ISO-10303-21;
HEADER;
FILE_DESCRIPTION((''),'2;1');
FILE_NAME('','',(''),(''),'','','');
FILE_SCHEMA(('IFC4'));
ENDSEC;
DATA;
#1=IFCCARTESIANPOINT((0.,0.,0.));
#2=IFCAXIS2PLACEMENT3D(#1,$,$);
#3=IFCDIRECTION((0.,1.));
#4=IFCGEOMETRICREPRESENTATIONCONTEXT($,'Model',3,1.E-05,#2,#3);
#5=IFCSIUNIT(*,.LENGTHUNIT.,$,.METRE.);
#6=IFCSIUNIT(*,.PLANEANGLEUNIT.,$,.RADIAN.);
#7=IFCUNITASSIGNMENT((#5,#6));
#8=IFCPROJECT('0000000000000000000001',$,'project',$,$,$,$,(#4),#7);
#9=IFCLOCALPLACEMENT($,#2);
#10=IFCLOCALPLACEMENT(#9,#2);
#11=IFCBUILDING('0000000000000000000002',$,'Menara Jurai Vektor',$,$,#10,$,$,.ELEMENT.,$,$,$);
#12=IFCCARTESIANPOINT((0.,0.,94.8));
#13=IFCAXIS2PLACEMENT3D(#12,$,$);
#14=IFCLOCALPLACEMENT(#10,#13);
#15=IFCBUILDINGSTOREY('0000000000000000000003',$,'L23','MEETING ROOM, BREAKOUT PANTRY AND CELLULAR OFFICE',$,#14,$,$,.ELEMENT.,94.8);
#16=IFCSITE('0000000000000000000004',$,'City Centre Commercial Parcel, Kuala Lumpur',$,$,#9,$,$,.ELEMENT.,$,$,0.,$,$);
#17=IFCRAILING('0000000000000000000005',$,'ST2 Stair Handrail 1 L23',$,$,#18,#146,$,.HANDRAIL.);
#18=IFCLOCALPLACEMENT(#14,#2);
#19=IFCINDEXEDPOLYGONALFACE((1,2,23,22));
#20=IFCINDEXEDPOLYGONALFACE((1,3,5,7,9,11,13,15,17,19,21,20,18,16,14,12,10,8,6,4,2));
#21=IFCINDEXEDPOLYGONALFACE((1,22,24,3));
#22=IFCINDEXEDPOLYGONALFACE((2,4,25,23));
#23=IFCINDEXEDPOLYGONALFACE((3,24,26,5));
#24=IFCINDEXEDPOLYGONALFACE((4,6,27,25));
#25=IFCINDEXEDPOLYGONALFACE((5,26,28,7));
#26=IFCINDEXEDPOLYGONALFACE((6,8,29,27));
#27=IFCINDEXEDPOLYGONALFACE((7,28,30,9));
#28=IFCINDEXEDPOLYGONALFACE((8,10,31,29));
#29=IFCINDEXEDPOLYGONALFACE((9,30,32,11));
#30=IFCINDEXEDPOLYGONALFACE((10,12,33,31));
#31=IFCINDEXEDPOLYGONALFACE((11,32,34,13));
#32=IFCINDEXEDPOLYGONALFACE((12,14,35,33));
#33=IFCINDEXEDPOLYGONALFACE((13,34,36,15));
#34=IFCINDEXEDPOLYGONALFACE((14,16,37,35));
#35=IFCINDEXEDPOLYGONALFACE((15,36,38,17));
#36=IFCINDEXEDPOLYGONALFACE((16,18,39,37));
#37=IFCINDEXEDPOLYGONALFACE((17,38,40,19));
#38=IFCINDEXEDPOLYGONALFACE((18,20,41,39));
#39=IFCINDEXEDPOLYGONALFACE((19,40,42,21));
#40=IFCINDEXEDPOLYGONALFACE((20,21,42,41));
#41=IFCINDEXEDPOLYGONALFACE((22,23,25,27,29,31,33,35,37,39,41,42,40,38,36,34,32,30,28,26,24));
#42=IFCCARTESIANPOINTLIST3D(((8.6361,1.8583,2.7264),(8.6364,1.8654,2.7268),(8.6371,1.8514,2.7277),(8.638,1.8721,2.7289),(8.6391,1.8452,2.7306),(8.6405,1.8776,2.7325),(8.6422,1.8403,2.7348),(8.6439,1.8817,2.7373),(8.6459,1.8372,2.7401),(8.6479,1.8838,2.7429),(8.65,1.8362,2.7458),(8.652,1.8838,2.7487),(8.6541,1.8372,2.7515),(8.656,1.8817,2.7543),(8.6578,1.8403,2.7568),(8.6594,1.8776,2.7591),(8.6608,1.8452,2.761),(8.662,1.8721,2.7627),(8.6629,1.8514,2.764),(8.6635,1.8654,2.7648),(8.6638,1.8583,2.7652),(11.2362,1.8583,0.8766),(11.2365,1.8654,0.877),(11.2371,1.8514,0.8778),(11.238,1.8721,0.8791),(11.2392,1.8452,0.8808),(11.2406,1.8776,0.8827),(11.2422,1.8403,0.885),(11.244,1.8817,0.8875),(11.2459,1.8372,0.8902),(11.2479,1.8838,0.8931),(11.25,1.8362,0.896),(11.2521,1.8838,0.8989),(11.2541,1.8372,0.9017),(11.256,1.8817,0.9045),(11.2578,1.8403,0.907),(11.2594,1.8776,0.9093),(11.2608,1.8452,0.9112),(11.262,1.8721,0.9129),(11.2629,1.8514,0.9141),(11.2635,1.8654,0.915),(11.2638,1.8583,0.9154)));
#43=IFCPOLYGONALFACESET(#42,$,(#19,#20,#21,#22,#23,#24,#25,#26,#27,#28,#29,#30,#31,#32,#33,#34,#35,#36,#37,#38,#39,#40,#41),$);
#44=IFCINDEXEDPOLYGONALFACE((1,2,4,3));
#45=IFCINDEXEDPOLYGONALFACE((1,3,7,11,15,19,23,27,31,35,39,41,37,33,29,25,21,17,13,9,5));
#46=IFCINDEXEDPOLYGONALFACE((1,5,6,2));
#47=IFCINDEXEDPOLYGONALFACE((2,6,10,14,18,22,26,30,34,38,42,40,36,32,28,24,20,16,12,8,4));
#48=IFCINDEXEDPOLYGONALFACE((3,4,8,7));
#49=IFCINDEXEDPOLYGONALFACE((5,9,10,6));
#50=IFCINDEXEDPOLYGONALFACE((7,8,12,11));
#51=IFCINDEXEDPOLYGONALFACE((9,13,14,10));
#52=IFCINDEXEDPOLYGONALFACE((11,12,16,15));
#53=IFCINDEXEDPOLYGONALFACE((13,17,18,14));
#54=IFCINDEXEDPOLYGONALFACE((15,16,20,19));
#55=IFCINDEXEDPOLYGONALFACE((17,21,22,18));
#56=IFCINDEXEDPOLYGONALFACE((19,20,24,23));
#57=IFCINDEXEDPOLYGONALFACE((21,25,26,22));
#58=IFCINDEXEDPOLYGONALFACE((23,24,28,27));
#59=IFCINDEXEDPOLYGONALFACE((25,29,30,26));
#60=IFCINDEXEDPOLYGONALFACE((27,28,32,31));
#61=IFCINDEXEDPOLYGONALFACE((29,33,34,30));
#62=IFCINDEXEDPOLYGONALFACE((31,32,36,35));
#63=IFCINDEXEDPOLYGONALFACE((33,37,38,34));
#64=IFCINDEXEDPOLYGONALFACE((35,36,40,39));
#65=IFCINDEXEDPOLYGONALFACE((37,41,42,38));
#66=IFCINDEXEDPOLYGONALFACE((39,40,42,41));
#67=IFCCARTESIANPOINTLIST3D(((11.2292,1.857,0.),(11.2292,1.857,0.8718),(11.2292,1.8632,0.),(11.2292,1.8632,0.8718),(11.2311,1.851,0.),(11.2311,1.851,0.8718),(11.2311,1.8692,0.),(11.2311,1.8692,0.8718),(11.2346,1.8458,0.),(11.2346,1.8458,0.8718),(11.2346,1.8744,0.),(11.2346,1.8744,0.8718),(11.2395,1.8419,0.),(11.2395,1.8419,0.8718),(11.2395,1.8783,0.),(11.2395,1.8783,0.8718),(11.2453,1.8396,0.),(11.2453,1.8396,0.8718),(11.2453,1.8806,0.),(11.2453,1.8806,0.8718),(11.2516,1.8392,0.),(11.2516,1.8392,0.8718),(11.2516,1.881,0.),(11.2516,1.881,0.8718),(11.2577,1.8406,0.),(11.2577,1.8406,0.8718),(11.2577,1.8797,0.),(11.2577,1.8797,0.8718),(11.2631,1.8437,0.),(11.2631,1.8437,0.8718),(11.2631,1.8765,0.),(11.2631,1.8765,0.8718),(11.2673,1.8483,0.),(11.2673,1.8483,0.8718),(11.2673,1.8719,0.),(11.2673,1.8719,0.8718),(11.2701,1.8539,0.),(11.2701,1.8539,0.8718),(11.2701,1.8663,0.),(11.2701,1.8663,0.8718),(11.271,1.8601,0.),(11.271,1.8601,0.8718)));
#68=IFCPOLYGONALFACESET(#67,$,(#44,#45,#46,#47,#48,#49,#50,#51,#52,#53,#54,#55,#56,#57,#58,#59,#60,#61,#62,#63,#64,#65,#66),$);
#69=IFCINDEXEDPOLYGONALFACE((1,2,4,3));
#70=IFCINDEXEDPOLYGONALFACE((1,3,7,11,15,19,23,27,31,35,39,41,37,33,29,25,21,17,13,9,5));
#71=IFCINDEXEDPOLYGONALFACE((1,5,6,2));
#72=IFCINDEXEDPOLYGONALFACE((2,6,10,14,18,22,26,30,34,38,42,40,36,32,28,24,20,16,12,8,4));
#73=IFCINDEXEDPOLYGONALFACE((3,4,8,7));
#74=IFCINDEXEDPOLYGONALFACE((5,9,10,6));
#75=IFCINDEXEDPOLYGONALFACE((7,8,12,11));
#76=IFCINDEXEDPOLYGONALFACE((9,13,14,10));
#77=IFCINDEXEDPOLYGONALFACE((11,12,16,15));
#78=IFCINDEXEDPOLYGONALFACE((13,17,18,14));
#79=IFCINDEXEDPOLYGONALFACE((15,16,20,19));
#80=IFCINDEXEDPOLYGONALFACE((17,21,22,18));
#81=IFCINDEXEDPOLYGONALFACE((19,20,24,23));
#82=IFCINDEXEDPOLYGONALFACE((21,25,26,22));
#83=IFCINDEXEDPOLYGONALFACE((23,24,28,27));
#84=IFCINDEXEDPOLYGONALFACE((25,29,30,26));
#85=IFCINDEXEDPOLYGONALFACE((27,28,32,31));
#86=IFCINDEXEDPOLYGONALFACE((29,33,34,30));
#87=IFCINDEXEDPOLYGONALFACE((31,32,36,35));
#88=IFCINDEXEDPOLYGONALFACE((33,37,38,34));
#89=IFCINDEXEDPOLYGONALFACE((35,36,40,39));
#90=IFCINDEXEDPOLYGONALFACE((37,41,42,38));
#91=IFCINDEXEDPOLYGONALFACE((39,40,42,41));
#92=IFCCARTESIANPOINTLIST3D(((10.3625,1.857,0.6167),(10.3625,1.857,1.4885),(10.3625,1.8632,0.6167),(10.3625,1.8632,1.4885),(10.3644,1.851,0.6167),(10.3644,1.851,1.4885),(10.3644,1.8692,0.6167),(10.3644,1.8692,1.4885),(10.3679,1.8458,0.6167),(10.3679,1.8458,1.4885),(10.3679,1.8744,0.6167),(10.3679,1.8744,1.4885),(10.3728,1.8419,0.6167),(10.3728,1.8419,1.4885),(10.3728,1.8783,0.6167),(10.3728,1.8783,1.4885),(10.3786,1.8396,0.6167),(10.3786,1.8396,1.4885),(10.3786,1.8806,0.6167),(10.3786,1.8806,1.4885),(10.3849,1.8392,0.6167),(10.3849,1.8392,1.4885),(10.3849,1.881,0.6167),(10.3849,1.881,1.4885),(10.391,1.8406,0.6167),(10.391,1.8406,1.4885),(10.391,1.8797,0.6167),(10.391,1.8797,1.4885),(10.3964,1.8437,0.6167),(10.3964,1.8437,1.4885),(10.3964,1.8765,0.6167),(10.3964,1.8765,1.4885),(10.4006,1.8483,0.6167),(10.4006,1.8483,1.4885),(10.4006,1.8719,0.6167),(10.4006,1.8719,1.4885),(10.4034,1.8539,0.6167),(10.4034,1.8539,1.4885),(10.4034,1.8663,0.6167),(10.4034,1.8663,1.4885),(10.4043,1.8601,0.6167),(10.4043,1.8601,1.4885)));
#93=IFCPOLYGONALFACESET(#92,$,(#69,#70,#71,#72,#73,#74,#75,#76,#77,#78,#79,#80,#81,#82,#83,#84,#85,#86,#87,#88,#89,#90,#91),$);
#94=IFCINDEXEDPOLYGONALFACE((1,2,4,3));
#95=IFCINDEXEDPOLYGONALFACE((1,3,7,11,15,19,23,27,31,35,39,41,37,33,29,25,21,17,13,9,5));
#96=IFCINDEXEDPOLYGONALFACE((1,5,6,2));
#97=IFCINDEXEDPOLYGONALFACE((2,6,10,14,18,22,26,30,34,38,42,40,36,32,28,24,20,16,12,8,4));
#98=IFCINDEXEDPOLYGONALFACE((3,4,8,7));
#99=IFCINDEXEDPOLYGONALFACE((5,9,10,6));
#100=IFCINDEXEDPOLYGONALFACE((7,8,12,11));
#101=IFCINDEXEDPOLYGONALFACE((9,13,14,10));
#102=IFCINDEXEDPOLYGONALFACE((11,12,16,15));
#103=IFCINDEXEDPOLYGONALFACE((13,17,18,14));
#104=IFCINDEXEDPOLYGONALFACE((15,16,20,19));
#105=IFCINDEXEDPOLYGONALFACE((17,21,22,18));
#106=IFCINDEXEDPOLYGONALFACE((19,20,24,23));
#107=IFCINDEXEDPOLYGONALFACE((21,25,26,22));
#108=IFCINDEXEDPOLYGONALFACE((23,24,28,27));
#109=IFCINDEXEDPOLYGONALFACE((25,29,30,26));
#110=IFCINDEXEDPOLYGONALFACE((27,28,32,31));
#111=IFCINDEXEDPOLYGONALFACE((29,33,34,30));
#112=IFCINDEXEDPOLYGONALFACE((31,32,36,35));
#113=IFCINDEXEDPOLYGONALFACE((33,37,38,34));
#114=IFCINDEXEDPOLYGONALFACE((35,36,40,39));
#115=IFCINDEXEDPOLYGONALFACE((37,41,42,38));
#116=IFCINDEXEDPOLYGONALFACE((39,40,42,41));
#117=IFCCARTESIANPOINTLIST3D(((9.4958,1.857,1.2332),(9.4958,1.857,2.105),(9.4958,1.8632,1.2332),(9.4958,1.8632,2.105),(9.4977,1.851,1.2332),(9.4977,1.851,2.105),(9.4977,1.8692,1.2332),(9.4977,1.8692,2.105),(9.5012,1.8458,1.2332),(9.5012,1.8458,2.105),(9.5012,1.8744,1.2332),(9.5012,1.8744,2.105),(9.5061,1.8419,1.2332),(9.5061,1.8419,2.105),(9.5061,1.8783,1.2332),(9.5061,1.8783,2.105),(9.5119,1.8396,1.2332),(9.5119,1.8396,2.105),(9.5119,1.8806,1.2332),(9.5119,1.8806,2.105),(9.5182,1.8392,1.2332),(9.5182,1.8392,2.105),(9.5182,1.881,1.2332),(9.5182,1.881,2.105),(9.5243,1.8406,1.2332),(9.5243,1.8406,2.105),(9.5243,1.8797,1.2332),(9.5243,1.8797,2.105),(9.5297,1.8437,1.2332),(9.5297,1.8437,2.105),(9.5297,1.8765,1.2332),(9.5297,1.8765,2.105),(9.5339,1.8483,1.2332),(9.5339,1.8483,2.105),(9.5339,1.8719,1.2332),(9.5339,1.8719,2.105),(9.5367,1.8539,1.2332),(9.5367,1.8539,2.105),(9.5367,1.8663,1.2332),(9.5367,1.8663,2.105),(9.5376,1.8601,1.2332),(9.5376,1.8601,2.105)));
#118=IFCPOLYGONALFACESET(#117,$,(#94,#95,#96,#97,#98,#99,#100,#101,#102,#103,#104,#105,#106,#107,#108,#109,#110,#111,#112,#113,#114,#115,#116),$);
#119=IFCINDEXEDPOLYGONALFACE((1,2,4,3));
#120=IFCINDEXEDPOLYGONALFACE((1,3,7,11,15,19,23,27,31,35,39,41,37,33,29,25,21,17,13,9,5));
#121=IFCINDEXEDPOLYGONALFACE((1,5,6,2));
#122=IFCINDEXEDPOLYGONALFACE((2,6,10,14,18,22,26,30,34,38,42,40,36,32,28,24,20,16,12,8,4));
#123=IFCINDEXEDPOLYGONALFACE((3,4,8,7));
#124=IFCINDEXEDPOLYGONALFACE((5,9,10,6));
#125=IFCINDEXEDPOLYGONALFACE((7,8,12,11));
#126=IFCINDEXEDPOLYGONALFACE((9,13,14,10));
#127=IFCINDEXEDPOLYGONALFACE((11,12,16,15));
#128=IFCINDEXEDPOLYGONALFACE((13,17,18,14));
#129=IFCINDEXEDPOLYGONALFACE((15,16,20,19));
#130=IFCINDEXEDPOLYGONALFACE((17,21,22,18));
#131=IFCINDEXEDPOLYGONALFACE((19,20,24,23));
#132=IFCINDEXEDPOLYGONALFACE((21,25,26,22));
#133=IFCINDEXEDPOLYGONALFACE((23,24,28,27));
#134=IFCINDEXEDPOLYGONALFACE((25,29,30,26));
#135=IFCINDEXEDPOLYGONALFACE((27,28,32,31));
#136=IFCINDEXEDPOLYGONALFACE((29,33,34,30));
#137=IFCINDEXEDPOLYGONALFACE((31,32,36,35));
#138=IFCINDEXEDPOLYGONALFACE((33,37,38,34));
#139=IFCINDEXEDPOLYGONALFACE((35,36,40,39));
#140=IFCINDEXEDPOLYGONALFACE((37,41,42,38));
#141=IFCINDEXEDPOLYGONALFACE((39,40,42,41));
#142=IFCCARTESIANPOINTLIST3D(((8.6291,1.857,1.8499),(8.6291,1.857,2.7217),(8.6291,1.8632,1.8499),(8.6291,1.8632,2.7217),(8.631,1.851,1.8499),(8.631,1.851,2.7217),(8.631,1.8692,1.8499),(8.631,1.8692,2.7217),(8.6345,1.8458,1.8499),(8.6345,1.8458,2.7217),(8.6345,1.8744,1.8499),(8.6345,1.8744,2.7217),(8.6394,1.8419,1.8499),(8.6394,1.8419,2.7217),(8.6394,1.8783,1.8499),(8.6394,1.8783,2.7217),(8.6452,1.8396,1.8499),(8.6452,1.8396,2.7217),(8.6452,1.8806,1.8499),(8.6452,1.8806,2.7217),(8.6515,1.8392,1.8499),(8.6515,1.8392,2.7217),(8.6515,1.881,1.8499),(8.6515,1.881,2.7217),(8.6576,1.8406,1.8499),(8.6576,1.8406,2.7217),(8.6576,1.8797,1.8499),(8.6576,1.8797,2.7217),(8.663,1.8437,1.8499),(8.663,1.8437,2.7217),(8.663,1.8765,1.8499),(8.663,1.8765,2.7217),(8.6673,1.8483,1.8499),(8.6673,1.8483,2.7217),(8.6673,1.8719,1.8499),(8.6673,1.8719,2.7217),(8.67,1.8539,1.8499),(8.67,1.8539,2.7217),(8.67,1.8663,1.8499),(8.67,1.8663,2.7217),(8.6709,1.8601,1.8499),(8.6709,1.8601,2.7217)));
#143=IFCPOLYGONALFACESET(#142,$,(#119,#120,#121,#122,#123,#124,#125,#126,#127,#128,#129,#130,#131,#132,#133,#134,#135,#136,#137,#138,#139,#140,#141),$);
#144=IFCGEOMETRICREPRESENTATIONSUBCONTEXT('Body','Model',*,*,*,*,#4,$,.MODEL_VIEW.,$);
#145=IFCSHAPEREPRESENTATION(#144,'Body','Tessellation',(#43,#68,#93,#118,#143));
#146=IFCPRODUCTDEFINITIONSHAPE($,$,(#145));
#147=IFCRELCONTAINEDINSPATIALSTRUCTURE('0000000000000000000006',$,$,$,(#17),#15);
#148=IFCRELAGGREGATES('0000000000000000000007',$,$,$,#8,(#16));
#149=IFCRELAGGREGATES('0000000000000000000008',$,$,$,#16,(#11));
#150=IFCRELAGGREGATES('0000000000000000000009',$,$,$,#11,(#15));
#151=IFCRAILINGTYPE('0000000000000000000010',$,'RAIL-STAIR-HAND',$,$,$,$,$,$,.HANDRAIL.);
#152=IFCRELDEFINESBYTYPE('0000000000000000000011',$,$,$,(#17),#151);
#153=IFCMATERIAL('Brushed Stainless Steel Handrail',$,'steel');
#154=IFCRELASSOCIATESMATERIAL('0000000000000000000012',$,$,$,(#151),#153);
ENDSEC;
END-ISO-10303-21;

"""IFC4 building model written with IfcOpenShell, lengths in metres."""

from ifc_helpers import new_model, si_unit, direction, frame, origin, origin_2d, place, context, subcontext, project, spatial, circle, extrude, material, type_object, element, save


model = new_model("IFC4")

# Units and contexts
model_context = context("Model", 3, precision=1e-05, world=origin(), true_north=direction((0.0, 1.0)))
body_context = subcontext(model_context, "Body", "Model", "MODEL_VIEW")
ifc_project = project(units=[si_unit("LENGTHUNIT", "METRE"), si_unit("PLANEANGLEUNIT", "RADIAN")], contexts=[model_context])

# Site, building, storey
site_placement = place(None, origin())
site = spatial("IfcSite", under=ifc_project, at=site_placement, Name="City Centre Commercial Parcel, Kuala Lumpur", CompositionType="ELEMENT", RefElevation=0.0)
building_placement = place(site_placement, origin())
building = spatial("IfcBuilding", under=site, at=building_placement, Name="Menara Jurai Vektor", CompositionType="ELEMENT")
storey_placement = place(building_placement, frame((0.0, 0.0, 94.8)))
storey = spatial("IfcBuildingStorey", under=building, at=storey_placement, Name="L23", Description="MEETING ROOM, BREAKOUT PANTRY AND CELLULAR OFFICE", CompositionType="ELEMENT", Elevation=94.8)

# Railing
ifc_material_1 = material(Name="Brushed Stainless Steel Handrail", Category="steel")
railing_type_1 = type_object("IfcRailingType", Name="RAIL-STAIR-HAND", PredefinedType="HANDRAIL", material=ifc_material_1)
railing_1_placement = place(storey_placement, frame((11.25, 1.8601, 0.0)))
element("IfcRailing", 1, at=railing_1_placement, inside=storey, type_object=railing_type_1, Name="ST2 Stair Handrail 1 L23", PredefinedType="HANDRAIL", context=body_context, shape_type="SweptSolid", body=[
    extrude(circle(Radius=0.0239, at=origin_2d()), frame((0.0, 0.0, 0.896), z_axis=(-0.814823, 0.0, 0.57971), x_axis=(0.0, -1.0, 0.0)), (0.0, 0.0, 1.0), 3.1909),
    extrude(circle(Radius=0.021, at=origin_2d()), origin(), (0.0, 0.0, 1.0), 0.8718),
    extrude(circle(Radius=0.021, at=origin_2d()), frame((-0.8667, 0.0, 0.6167)), (0.0, 0.0, 1.0), 0.8718),
    extrude(circle(Radius=0.021, at=origin_2d()), frame((-1.7334, 0.0, 1.2332)), (0.0, 0.0, 1.0), 0.8718),
    extrude(circle(Radius=0.021, at=origin_2d()), frame((-2.6001, 0.0, 1.8499)), (0.0, 0.0, 1.0), 0.8718),
])

save(model, "model.ifc")
